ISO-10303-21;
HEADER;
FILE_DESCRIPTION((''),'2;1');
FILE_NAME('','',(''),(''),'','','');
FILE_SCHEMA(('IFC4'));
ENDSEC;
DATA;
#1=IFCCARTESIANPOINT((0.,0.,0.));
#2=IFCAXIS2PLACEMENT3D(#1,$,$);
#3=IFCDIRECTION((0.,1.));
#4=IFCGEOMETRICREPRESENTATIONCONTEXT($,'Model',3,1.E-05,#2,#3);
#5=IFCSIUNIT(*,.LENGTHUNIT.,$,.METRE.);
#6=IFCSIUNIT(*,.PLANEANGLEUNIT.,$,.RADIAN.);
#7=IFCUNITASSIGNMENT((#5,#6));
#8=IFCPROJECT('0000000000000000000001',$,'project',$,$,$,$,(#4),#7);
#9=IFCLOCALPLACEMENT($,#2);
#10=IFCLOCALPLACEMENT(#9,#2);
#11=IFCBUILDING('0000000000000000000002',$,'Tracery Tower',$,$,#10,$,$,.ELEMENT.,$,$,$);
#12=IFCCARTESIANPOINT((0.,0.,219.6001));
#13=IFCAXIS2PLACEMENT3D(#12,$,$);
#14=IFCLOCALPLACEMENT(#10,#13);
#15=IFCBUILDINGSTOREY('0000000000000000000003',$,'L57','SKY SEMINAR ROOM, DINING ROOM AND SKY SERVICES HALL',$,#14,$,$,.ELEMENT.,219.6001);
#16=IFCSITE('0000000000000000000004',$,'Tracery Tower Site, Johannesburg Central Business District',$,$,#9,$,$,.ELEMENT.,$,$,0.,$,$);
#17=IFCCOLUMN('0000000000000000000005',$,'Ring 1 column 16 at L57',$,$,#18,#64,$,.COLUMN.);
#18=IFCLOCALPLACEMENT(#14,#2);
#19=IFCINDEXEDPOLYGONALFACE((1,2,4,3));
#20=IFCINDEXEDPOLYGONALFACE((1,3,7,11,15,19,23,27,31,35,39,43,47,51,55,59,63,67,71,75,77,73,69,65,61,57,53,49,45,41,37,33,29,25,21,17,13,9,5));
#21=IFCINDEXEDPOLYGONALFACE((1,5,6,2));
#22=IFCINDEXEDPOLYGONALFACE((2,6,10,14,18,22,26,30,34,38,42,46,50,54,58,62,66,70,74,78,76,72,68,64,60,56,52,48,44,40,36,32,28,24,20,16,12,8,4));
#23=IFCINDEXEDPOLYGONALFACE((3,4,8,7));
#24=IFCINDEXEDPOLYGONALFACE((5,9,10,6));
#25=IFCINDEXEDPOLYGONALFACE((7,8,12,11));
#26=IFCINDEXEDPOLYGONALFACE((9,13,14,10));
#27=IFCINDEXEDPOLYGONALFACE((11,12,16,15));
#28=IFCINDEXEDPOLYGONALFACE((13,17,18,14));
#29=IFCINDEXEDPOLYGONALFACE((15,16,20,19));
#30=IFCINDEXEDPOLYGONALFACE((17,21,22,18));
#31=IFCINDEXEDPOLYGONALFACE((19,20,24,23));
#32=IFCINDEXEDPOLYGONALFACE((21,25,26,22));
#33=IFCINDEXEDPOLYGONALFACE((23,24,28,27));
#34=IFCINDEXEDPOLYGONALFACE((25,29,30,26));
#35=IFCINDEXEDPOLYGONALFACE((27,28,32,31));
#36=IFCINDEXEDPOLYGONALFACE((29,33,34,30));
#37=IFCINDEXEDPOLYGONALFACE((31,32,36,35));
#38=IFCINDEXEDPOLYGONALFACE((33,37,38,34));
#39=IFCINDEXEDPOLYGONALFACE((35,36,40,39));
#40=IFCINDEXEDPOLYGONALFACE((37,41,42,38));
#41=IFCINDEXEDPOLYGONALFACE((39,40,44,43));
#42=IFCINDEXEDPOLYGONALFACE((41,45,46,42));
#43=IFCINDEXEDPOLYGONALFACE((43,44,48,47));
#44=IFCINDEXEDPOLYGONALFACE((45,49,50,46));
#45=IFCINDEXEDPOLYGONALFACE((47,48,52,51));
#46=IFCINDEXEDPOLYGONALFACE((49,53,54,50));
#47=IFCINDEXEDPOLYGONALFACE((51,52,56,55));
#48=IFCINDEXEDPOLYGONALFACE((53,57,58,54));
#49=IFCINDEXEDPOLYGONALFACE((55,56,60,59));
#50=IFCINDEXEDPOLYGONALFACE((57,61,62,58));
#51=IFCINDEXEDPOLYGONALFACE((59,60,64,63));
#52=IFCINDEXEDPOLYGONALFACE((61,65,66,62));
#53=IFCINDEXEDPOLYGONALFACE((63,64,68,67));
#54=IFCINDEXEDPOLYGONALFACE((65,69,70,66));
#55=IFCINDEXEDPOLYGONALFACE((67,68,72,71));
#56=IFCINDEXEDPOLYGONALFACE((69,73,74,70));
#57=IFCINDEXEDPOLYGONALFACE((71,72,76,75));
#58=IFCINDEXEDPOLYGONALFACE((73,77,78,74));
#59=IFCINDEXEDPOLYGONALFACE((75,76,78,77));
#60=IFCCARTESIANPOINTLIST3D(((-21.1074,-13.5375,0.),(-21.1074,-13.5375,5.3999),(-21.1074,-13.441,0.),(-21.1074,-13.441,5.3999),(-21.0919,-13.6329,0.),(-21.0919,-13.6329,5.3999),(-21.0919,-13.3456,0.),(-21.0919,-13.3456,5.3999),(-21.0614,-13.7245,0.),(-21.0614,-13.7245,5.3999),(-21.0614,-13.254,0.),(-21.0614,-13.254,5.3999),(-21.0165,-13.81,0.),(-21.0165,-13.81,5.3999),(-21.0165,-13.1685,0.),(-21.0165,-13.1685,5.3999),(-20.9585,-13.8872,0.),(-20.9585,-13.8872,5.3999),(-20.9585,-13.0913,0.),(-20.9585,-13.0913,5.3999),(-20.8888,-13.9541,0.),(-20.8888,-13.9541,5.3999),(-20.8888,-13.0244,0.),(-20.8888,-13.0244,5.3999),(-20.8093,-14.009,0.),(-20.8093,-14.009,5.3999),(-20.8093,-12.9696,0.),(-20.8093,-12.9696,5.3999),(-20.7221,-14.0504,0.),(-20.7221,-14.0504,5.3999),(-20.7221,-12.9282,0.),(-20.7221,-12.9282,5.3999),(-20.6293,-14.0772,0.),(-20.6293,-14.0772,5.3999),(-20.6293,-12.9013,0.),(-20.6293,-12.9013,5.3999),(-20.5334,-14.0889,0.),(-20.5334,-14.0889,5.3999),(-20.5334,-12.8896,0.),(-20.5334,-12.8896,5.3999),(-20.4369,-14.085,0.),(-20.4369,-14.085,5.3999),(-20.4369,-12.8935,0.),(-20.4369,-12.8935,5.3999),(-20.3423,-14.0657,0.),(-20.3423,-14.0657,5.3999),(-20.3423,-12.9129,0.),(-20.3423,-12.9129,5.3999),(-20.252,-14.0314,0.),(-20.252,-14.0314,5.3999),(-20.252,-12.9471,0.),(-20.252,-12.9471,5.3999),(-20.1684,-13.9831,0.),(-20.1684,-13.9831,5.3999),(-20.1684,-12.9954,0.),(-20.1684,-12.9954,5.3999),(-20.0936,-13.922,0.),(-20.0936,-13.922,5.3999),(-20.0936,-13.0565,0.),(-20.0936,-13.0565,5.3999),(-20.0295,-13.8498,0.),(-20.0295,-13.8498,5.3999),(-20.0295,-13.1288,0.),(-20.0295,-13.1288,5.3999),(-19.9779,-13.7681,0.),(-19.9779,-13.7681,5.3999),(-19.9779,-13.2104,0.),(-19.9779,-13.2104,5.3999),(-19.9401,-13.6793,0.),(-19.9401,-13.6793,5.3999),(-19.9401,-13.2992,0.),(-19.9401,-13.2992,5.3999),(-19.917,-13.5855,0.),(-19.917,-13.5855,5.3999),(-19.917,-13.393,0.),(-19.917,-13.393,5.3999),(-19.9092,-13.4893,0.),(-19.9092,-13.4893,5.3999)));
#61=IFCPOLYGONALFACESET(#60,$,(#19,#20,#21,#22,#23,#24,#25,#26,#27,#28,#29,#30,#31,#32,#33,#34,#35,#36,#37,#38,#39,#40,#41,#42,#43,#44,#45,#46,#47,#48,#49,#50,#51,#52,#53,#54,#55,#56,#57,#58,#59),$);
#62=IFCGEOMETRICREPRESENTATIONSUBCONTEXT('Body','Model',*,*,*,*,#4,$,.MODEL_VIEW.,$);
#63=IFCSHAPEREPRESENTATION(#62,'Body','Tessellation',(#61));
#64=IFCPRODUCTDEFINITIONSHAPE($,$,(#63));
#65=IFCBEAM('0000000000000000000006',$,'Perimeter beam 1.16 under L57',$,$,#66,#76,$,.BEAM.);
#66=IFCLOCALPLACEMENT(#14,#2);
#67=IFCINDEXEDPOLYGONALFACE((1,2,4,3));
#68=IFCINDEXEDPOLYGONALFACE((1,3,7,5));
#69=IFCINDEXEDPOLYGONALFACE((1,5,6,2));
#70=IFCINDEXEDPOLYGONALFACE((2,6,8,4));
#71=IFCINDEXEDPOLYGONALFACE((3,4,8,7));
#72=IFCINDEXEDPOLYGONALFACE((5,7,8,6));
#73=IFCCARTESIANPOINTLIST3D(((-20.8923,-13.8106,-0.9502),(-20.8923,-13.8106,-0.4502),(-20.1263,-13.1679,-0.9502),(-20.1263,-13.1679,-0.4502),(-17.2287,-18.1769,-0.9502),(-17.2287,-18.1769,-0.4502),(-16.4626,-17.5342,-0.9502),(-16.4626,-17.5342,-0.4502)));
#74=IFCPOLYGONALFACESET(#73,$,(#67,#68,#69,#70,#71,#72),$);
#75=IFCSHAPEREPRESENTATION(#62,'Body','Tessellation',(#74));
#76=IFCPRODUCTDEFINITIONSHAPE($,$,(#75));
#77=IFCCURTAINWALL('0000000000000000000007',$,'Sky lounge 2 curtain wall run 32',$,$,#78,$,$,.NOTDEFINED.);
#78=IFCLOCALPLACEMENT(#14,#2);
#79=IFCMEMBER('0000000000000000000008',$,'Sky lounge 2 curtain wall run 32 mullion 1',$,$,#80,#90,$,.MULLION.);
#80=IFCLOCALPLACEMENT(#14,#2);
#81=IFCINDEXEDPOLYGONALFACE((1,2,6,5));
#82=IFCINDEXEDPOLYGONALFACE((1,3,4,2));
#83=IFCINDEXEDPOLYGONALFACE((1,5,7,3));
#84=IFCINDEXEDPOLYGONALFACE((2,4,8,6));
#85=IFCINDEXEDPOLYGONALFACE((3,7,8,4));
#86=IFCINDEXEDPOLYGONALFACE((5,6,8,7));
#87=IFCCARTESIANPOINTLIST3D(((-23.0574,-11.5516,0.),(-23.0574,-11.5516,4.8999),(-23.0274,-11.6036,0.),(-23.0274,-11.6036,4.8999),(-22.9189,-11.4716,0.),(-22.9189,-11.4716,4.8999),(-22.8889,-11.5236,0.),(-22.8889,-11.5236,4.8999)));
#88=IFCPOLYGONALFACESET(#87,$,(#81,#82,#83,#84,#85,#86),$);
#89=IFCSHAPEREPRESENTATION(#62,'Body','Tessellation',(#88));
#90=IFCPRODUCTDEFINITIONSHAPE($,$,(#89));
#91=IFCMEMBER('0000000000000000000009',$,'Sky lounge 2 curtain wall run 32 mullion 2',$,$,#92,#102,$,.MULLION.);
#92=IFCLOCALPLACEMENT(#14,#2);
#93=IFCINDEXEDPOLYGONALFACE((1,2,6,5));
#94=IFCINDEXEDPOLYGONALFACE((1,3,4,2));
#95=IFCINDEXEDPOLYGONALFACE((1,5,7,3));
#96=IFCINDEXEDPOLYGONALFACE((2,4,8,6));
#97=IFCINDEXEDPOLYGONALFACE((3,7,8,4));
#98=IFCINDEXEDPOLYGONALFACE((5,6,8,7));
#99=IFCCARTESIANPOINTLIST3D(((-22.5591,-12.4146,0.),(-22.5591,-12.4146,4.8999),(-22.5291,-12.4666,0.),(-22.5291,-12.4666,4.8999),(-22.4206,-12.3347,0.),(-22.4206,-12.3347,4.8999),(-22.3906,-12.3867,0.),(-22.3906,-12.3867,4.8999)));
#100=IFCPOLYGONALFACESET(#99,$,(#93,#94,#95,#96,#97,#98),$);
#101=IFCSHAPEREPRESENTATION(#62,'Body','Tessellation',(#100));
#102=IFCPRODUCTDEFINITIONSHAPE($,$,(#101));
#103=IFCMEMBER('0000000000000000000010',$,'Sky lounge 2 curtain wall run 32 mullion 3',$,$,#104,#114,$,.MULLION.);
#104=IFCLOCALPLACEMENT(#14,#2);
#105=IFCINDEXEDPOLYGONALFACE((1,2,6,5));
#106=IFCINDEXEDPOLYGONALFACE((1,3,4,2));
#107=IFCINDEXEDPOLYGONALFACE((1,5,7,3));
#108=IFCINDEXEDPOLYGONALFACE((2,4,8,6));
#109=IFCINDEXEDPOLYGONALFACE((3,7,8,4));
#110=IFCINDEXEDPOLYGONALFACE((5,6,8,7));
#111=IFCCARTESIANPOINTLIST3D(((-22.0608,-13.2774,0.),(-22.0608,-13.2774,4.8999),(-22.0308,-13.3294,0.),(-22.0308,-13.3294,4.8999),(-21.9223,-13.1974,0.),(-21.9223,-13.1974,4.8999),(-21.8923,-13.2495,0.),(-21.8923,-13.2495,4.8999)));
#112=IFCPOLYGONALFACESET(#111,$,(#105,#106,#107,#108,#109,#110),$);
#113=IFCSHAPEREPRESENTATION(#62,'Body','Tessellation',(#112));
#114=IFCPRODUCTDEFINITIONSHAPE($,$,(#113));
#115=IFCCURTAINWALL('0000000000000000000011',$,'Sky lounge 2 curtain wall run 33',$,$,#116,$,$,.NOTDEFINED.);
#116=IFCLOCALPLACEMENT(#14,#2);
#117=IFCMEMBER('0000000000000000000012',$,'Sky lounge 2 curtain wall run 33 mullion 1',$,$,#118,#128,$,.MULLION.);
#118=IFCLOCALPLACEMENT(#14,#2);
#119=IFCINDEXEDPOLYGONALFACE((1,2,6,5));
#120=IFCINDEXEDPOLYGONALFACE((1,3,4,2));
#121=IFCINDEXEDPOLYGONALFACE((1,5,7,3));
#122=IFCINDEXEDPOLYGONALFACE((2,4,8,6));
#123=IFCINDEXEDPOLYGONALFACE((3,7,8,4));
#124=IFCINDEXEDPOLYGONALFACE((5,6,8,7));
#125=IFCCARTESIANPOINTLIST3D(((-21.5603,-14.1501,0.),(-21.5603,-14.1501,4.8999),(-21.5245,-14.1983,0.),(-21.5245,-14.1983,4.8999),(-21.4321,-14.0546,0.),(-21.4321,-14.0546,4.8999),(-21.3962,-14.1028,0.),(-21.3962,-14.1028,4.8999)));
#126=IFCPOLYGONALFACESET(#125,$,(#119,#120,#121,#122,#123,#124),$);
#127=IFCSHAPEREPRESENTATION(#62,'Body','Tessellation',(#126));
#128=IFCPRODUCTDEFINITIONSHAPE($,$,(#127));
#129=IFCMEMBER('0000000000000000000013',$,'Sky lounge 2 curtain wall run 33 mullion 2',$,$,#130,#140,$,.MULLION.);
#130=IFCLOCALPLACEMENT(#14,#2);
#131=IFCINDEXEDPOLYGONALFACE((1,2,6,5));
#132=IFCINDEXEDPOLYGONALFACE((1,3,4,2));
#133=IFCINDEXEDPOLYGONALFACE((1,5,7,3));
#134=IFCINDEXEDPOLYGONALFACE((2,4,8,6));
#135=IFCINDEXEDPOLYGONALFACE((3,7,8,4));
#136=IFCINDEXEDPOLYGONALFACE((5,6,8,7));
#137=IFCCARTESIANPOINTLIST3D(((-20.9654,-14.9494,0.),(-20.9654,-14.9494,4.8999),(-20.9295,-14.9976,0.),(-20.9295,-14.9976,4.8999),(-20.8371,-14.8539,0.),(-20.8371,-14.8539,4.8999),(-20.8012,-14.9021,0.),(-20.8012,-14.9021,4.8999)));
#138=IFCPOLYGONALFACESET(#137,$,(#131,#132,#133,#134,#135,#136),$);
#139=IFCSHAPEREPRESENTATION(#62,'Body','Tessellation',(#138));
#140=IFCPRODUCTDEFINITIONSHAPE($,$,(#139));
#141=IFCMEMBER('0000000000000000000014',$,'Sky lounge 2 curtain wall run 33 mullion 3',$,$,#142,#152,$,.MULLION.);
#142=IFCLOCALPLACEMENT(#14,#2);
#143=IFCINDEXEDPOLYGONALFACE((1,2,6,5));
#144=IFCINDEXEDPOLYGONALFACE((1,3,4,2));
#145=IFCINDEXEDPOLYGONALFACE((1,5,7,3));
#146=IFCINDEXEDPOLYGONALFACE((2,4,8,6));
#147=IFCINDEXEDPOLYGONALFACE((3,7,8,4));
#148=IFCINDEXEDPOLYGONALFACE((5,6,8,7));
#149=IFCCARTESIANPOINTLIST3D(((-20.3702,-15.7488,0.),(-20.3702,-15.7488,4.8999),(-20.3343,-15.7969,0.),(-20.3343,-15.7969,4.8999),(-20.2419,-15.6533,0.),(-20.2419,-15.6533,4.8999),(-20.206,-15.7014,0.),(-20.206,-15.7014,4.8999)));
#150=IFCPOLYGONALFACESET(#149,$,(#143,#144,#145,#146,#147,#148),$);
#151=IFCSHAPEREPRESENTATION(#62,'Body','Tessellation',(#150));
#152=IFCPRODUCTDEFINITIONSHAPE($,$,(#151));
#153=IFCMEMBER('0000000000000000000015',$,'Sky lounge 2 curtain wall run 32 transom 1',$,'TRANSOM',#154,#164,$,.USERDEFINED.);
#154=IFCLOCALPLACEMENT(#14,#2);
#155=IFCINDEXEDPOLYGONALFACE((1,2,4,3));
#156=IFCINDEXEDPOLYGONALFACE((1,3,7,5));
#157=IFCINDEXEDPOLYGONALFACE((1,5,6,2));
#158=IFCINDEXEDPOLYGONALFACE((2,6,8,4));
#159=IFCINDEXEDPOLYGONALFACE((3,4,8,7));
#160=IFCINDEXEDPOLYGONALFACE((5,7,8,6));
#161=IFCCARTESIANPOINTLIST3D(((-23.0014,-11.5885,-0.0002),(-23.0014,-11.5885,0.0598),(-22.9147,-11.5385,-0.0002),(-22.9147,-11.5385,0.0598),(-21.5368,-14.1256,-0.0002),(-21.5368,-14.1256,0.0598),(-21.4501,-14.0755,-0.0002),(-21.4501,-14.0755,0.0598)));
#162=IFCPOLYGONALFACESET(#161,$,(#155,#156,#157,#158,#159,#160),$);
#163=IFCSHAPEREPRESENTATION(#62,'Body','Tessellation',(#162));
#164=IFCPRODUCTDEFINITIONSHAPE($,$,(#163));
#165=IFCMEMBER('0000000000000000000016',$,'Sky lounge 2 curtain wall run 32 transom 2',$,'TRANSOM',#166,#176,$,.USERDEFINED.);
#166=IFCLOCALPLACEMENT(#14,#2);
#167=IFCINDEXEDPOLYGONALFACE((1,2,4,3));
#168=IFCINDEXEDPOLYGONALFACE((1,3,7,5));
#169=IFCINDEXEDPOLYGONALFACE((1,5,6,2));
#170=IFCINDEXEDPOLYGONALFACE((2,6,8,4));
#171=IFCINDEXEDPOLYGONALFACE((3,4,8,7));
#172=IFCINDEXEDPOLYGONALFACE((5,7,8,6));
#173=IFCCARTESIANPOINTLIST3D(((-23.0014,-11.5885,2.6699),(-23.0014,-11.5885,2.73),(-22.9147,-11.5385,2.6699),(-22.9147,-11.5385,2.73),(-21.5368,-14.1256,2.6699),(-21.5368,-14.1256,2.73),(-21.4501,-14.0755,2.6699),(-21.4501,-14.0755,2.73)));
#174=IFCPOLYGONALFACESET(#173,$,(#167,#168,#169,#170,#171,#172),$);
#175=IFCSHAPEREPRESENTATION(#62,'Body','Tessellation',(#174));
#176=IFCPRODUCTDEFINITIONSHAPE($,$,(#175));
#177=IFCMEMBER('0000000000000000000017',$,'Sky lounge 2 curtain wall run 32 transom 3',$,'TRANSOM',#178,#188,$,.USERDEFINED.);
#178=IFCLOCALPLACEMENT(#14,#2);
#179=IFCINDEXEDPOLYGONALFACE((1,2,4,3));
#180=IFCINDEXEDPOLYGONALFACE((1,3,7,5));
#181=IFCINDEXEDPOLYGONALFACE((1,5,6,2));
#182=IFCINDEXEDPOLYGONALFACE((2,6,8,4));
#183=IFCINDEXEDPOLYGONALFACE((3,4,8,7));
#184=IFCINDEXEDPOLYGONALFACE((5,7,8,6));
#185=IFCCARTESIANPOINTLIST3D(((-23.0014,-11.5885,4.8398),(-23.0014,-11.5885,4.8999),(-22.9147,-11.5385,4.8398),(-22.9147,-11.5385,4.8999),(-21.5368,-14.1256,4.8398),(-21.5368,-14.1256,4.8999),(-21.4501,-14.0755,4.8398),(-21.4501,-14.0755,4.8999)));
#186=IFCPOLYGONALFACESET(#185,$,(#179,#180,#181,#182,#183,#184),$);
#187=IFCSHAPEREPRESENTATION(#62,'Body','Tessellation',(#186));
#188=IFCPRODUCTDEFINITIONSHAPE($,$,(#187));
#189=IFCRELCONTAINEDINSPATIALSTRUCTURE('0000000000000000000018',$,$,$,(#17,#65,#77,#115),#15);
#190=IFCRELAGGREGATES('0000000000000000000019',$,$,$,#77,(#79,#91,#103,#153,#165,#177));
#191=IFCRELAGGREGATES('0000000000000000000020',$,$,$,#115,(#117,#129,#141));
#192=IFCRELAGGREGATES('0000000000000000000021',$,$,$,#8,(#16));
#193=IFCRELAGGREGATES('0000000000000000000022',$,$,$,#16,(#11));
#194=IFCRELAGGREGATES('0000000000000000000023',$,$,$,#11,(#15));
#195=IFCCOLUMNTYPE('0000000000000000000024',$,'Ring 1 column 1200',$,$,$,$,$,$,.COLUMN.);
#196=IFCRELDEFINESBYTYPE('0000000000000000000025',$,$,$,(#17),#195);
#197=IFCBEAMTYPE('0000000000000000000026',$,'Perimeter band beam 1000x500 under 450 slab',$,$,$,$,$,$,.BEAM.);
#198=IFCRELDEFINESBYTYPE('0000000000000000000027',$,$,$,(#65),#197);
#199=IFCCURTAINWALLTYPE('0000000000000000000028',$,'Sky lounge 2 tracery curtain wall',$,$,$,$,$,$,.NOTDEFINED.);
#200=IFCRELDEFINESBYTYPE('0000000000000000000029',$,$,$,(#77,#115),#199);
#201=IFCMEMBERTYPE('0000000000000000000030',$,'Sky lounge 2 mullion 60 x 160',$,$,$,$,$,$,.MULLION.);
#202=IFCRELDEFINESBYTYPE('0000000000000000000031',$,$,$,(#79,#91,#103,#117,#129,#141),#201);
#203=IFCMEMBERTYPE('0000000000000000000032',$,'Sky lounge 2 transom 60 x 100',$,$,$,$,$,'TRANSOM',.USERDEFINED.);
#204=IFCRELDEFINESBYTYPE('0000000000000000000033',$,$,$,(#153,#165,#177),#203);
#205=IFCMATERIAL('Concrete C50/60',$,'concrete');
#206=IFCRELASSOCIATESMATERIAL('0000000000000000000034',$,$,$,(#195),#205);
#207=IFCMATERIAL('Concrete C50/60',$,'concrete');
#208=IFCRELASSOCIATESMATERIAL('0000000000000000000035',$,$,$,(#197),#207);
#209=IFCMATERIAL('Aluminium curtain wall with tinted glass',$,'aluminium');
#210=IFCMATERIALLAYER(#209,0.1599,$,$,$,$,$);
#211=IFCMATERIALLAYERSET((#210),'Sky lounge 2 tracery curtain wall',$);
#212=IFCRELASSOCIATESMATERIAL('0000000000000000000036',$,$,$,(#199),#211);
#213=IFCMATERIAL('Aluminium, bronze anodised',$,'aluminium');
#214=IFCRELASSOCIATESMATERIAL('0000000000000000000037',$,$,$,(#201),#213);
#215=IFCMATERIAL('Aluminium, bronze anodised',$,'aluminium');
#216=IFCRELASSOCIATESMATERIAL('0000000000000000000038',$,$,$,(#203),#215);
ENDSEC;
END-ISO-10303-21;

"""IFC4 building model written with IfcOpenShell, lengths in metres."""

from ifc_helpers import new_model, si_unit, direction, frame, origin, origin_2d, place, context, subcontext, project, spatial, rectangle, circle, extrude, material, layer, layer_set, material_profile, profile_set, type_object, element, aggregate, save


model = new_model("IFC4")

# Units and contexts
model_context = context("Model", 3, precision=1e-05, world=origin(), true_north=direction((0.0, 1.0)))
body_context = subcontext(model_context, "Body", "Model", "MODEL_VIEW")
ifc_project = project(units=[si_unit("LENGTHUNIT", "METRE"), si_unit("PLANEANGLEUNIT", "RADIAN")], contexts=[model_context])

# Site, building, storey
site_placement = place(None, origin())
site = spatial("IfcSite", under=ifc_project, at=site_placement, Name="Tracery Tower Site, Johannesburg Central Business District", CompositionType="ELEMENT", RefElevation=0.0)
building_placement = place(site_placement, origin())
building = spatial("IfcBuilding", under=site, at=building_placement, Name="Tracery Tower", CompositionType="ELEMENT")
storey_placement = place(building_placement, frame((0.0, 0.0, 219.6001)))
storey = spatial("IfcBuildingStorey", under=building, at=storey_placement, Name="L57", Description="SKY SEMINAR ROOM, DINING ROOM AND SKY SERVICES HALL", CompositionType="ELEMENT", Elevation=219.6001)

# Column
ifc_material_1 = material(Name="Concrete C50/60", Category="concrete")
ifc_material_profile_1 = material_profile(ifc_material_1, circle(Radius=0.6001, at=origin_2d()), Name="RC D1200")
ifc_profile_set_1 = profile_set([ifc_material_profile_1], Name="Concrete C50/60")
column_type = type_object("IfcColumnType", Name="Ring 1 column 1200", PredefinedType="COLUMN", material=ifc_profile_set_1)
column_placement = place(storey_placement, frame((-20.5093, -13.4893, 0.0), z_axis=(0.0, 0.0, 1.0), x_axis=(1.0, 0.0, 0.0)))
element("IfcColumn", 1, at=column_placement, inside=storey, type_object=column_type, Name="Ring 1 column 16 at L57", PredefinedType="COLUMN", context=body_context, shape_type="SweptSolid", body=[
    extrude(circle(Radius=0.6001, at=origin_2d()), origin(), (0.0, 0.0, 1.0), 5.3999),
])

# Beam
ifc_material_2 = material(Name="Concrete C50/60", Category="concrete")
ifc_material_profile_2 = material_profile(ifc_material_2, rectangle(XDim=1.0, YDim=0.5, at=origin_2d()), Name="RC 1000x500")
ifc_profile_set_2 = profile_set([ifc_material_profile_2], Name="Concrete C50/60")
beam_type = type_object("IfcBeamType", Name="Perimeter band beam 1000x500 under 450 slab", PredefinedType="BEAM", material=ifc_profile_set_2)
beam_placement = place(storey_placement, frame((-20.5093, -13.4893, -0.7002), z_axis=(0.642776, -0.766054, 0.0), x_axis=(0.766054, 0.642776, 0.0)))
element("IfcBeam", 2, at=beam_placement, inside=storey, type_object=beam_type, Name="Perimeter beam 1.16 under L57", PredefinedType="BEAM", context=body_context, shape_type="SweptSolid", body=[
    extrude(rectangle(XDim=1.0, YDim=0.5, at=origin_2d()), origin(), (0.0, 0.0, 1.0), 5.6997),
])

# Curtain walls, members
ifc_material_3 = material(Name="Aluminium curtain wall with tinted glass", Category="aluminium")
ifc_layer_1 = layer(ifc_material_3, 0.1599)
ifc_layer_set_1 = layer_set([ifc_layer_1], Name="Sky lounge 2 tracery curtain wall")
curtain_wall_type = type_object("IfcCurtainWallType", Name="Sky lounge 2 tracery curtain wall", PredefinedType="NOTDEFINED", material=ifc_layer_set_1)
curtain_wall_1_placement = place(storey_placement, origin())
curtain_wall_1 = element("IfcCurtainWall", 3, at=curtain_wall_1_placement, inside=storey, type_object=curtain_wall_type, Name="Sky lounge 2 curtain wall run 32", PredefinedType="NOTDEFINED")
ifc_material_4 = material(Name="Aluminium, bronze anodised", Category="aluminium")
ifc_material_profile_3 = material_profile(ifc_material_4, rectangle(XDim=0.1599, YDim=0.0601, at=origin_2d()), Name="AL 60x160")
ifc_profile_set_3 = profile_set([ifc_material_profile_3], Name="Aluminium, bronze anodised")
member_type_1 = type_object("IfcMemberType", Name="Sky lounge 2 mullion 60 x 160", PredefinedType="MULLION", material=ifc_profile_set_3)
member_1_placement = place(storey_placement, frame((-22.9731, -11.5376, 0.0), z_axis=(0.0, 0.0, 1.0), x_axis=(0.866025, 0.5, 0.0)))
member_1 = element("IfcMember", 4, at=member_1_placement, type_object=member_type_1, Name="Sky lounge 2 curtain wall run 32 mullion 1", PredefinedType="MULLION", context=body_context, shape_type="SweptSolid", body=[
    extrude(rectangle(XDim=0.1599, YDim=0.0601, at=origin_2d()), origin(), (0.0, 0.0, 1.0), 4.8999),
])
member_2_placement = place(storey_placement, frame((-22.4749, -12.4006, 0.0), z_axis=(0.0, 0.0, 1.0), x_axis=(0.866025, 0.5, 0.0)))
member_2 = element("IfcMember", 5, at=member_2_placement, type_object=member_type_1, Name="Sky lounge 2 curtain wall run 32 mullion 2", PredefinedType="MULLION", context=body_context, shape_type="SweptSolid", body=[
    extrude(rectangle(XDim=0.1599, YDim=0.0601, at=origin_2d()), origin(), (0.0, 0.0, 1.0), 4.8999),
])
member_3_placement = place(storey_placement, frame((-21.9766, -13.2634, 0.0), z_axis=(0.0, 0.0, 1.0), x_axis=(0.866025, 0.5, 0.0)))
member_3 = element("IfcMember", 6, at=member_3_placement, type_object=member_type_1, Name="Sky lounge 2 curtain wall run 32 mullion 3", PredefinedType="MULLION", context=body_context, shape_type="SweptSolid", body=[
    extrude(rectangle(XDim=0.1599, YDim=0.0601, at=origin_2d()), origin(), (0.0, 0.0, 1.0), 4.8999),
])
curtain_wall_2_placement = place(storey_placement, origin())
curtain_wall_2 = element("IfcCurtainWall", 7, at=curtain_wall_2_placement, inside=storey, type_object=curtain_wall_type, Name="Sky lounge 2 curtain wall run 33", PredefinedType="NOTDEFINED")
member_4_placement = place(storey_placement, frame((-21.4783, -14.1265, 0.0), z_axis=(0.0, 0.0, 1.0), x_axis=(0.802123, 0.597159, 0.0)))
member_4 = element("IfcMember", 8, at=member_4_placement, type_object=member_type_1, Name="Sky lounge 2 curtain wall run 33 mullion 1", PredefinedType="MULLION", context=body_context, shape_type="SweptSolid", body=[
    extrude(rectangle(XDim=0.1599, YDim=0.0601, at=origin_2d()), origin(), (0.0, 0.0, 1.0), 4.8999),
])
member_5_placement = place(storey_placement, frame((-20.8833, -14.9258, 0.0), z_axis=(0.0, 0.0, 1.0), x_axis=(0.802123, 0.597159, 0.0)))
member_5 = element("IfcMember", 9, at=member_5_placement, type_object=member_type_1, Name="Sky lounge 2 curtain wall run 33 mullion 2", PredefinedType="MULLION", context=body_context, shape_type="SweptSolid", body=[
    extrude(rectangle(XDim=0.1599, YDim=0.0601, at=origin_2d()), origin(), (0.0, 0.0, 1.0), 4.8999),
])
member_6_placement = place(storey_placement, frame((-20.2881, -15.7251, 0.0), z_axis=(0.0, 0.0, 1.0), x_axis=(0.802123, 0.597159, 0.0)))
member_6 = element("IfcMember", 10, at=member_6_placement, type_object=member_type_1, Name="Sky lounge 2 curtain wall run 33 mullion 3", PredefinedType="MULLION", context=body_context, shape_type="SweptSolid", body=[
    extrude(rectangle(XDim=0.1599, YDim=0.0601, at=origin_2d()), origin(), (0.0, 0.0, 1.0), 4.8999),
])

# Members
ifc_material_5 = material(Name="Aluminium, bronze anodised", Category="aluminium")
ifc_material_profile_4 = material_profile(ifc_material_5, rectangle(XDim=0.1001, YDim=0.0601, at=origin_2d()), Name="AL 60x100")
ifc_profile_set_4 = profile_set([ifc_material_profile_4], Name="Aluminium, bronze anodised")
member_type_2 = type_object("IfcMemberType", Name="Sky lounge 2 transom 60 x 100", ElementType="TRANSOM", PredefinedType="USERDEFINED", material=ifc_profile_set_4)
member_7_placement = place(storey_placement, frame((-22.958, -11.5635, 0.0298), z_axis=(0.499948, -0.866055, 0.0), x_axis=(0.866055, 0.499948, 0.0)))
member_7 = element("IfcMember", 11, at=member_7_placement, type_object=member_type_2, Name="Sky lounge 2 curtain wall run 32 transom 1", ObjectType="TRANSOM", PredefinedType="USERDEFINED", context=body_context, shape_type="SweptSolid", body=[
    extrude(rectangle(XDim=0.1001, YDim=0.0601, at=origin_2d()), origin(), (0.0, 0.0, 1.0), 2.9294),
])
member_8_placement = place(storey_placement, frame((-22.958, -11.5635, 2.7), z_axis=(0.499948, -0.866055, 0.0), x_axis=(0.866055, 0.499948, 0.0)))
member_8 = element("IfcMember", 12, at=member_8_placement, type_object=member_type_2, Name="Sky lounge 2 curtain wall run 32 transom 2", ObjectType="TRANSOM", PredefinedType="USERDEFINED", context=body_context, shape_type="SweptSolid", body=[
    extrude(rectangle(XDim=0.1001, YDim=0.0601, at=origin_2d()), origin(), (0.0, 0.0, 1.0), 2.9294),
])
member_9_placement = place(storey_placement, frame((-22.958, -11.5635, 4.8699), z_axis=(0.499948, -0.866055, 0.0), x_axis=(0.866055, 0.499948, 0.0)))
member_9 = element("IfcMember", 13, at=member_9_placement, type_object=member_type_2, Name="Sky lounge 2 curtain wall run 32 transom 3", ObjectType="TRANSOM", PredefinedType="USERDEFINED", context=body_context, shape_type="SweptSolid", body=[
    extrude(rectangle(XDim=0.1001, YDim=0.0601, at=origin_2d()), origin(), (0.0, 0.0, 1.0), 2.9294),
])

aggregate(curtain_wall_1, [member_1, member_2, member_3, member_7, member_8, member_9])
aggregate(curtain_wall_2, [member_4, member_5, member_6])

save(model, "model.ifc")
